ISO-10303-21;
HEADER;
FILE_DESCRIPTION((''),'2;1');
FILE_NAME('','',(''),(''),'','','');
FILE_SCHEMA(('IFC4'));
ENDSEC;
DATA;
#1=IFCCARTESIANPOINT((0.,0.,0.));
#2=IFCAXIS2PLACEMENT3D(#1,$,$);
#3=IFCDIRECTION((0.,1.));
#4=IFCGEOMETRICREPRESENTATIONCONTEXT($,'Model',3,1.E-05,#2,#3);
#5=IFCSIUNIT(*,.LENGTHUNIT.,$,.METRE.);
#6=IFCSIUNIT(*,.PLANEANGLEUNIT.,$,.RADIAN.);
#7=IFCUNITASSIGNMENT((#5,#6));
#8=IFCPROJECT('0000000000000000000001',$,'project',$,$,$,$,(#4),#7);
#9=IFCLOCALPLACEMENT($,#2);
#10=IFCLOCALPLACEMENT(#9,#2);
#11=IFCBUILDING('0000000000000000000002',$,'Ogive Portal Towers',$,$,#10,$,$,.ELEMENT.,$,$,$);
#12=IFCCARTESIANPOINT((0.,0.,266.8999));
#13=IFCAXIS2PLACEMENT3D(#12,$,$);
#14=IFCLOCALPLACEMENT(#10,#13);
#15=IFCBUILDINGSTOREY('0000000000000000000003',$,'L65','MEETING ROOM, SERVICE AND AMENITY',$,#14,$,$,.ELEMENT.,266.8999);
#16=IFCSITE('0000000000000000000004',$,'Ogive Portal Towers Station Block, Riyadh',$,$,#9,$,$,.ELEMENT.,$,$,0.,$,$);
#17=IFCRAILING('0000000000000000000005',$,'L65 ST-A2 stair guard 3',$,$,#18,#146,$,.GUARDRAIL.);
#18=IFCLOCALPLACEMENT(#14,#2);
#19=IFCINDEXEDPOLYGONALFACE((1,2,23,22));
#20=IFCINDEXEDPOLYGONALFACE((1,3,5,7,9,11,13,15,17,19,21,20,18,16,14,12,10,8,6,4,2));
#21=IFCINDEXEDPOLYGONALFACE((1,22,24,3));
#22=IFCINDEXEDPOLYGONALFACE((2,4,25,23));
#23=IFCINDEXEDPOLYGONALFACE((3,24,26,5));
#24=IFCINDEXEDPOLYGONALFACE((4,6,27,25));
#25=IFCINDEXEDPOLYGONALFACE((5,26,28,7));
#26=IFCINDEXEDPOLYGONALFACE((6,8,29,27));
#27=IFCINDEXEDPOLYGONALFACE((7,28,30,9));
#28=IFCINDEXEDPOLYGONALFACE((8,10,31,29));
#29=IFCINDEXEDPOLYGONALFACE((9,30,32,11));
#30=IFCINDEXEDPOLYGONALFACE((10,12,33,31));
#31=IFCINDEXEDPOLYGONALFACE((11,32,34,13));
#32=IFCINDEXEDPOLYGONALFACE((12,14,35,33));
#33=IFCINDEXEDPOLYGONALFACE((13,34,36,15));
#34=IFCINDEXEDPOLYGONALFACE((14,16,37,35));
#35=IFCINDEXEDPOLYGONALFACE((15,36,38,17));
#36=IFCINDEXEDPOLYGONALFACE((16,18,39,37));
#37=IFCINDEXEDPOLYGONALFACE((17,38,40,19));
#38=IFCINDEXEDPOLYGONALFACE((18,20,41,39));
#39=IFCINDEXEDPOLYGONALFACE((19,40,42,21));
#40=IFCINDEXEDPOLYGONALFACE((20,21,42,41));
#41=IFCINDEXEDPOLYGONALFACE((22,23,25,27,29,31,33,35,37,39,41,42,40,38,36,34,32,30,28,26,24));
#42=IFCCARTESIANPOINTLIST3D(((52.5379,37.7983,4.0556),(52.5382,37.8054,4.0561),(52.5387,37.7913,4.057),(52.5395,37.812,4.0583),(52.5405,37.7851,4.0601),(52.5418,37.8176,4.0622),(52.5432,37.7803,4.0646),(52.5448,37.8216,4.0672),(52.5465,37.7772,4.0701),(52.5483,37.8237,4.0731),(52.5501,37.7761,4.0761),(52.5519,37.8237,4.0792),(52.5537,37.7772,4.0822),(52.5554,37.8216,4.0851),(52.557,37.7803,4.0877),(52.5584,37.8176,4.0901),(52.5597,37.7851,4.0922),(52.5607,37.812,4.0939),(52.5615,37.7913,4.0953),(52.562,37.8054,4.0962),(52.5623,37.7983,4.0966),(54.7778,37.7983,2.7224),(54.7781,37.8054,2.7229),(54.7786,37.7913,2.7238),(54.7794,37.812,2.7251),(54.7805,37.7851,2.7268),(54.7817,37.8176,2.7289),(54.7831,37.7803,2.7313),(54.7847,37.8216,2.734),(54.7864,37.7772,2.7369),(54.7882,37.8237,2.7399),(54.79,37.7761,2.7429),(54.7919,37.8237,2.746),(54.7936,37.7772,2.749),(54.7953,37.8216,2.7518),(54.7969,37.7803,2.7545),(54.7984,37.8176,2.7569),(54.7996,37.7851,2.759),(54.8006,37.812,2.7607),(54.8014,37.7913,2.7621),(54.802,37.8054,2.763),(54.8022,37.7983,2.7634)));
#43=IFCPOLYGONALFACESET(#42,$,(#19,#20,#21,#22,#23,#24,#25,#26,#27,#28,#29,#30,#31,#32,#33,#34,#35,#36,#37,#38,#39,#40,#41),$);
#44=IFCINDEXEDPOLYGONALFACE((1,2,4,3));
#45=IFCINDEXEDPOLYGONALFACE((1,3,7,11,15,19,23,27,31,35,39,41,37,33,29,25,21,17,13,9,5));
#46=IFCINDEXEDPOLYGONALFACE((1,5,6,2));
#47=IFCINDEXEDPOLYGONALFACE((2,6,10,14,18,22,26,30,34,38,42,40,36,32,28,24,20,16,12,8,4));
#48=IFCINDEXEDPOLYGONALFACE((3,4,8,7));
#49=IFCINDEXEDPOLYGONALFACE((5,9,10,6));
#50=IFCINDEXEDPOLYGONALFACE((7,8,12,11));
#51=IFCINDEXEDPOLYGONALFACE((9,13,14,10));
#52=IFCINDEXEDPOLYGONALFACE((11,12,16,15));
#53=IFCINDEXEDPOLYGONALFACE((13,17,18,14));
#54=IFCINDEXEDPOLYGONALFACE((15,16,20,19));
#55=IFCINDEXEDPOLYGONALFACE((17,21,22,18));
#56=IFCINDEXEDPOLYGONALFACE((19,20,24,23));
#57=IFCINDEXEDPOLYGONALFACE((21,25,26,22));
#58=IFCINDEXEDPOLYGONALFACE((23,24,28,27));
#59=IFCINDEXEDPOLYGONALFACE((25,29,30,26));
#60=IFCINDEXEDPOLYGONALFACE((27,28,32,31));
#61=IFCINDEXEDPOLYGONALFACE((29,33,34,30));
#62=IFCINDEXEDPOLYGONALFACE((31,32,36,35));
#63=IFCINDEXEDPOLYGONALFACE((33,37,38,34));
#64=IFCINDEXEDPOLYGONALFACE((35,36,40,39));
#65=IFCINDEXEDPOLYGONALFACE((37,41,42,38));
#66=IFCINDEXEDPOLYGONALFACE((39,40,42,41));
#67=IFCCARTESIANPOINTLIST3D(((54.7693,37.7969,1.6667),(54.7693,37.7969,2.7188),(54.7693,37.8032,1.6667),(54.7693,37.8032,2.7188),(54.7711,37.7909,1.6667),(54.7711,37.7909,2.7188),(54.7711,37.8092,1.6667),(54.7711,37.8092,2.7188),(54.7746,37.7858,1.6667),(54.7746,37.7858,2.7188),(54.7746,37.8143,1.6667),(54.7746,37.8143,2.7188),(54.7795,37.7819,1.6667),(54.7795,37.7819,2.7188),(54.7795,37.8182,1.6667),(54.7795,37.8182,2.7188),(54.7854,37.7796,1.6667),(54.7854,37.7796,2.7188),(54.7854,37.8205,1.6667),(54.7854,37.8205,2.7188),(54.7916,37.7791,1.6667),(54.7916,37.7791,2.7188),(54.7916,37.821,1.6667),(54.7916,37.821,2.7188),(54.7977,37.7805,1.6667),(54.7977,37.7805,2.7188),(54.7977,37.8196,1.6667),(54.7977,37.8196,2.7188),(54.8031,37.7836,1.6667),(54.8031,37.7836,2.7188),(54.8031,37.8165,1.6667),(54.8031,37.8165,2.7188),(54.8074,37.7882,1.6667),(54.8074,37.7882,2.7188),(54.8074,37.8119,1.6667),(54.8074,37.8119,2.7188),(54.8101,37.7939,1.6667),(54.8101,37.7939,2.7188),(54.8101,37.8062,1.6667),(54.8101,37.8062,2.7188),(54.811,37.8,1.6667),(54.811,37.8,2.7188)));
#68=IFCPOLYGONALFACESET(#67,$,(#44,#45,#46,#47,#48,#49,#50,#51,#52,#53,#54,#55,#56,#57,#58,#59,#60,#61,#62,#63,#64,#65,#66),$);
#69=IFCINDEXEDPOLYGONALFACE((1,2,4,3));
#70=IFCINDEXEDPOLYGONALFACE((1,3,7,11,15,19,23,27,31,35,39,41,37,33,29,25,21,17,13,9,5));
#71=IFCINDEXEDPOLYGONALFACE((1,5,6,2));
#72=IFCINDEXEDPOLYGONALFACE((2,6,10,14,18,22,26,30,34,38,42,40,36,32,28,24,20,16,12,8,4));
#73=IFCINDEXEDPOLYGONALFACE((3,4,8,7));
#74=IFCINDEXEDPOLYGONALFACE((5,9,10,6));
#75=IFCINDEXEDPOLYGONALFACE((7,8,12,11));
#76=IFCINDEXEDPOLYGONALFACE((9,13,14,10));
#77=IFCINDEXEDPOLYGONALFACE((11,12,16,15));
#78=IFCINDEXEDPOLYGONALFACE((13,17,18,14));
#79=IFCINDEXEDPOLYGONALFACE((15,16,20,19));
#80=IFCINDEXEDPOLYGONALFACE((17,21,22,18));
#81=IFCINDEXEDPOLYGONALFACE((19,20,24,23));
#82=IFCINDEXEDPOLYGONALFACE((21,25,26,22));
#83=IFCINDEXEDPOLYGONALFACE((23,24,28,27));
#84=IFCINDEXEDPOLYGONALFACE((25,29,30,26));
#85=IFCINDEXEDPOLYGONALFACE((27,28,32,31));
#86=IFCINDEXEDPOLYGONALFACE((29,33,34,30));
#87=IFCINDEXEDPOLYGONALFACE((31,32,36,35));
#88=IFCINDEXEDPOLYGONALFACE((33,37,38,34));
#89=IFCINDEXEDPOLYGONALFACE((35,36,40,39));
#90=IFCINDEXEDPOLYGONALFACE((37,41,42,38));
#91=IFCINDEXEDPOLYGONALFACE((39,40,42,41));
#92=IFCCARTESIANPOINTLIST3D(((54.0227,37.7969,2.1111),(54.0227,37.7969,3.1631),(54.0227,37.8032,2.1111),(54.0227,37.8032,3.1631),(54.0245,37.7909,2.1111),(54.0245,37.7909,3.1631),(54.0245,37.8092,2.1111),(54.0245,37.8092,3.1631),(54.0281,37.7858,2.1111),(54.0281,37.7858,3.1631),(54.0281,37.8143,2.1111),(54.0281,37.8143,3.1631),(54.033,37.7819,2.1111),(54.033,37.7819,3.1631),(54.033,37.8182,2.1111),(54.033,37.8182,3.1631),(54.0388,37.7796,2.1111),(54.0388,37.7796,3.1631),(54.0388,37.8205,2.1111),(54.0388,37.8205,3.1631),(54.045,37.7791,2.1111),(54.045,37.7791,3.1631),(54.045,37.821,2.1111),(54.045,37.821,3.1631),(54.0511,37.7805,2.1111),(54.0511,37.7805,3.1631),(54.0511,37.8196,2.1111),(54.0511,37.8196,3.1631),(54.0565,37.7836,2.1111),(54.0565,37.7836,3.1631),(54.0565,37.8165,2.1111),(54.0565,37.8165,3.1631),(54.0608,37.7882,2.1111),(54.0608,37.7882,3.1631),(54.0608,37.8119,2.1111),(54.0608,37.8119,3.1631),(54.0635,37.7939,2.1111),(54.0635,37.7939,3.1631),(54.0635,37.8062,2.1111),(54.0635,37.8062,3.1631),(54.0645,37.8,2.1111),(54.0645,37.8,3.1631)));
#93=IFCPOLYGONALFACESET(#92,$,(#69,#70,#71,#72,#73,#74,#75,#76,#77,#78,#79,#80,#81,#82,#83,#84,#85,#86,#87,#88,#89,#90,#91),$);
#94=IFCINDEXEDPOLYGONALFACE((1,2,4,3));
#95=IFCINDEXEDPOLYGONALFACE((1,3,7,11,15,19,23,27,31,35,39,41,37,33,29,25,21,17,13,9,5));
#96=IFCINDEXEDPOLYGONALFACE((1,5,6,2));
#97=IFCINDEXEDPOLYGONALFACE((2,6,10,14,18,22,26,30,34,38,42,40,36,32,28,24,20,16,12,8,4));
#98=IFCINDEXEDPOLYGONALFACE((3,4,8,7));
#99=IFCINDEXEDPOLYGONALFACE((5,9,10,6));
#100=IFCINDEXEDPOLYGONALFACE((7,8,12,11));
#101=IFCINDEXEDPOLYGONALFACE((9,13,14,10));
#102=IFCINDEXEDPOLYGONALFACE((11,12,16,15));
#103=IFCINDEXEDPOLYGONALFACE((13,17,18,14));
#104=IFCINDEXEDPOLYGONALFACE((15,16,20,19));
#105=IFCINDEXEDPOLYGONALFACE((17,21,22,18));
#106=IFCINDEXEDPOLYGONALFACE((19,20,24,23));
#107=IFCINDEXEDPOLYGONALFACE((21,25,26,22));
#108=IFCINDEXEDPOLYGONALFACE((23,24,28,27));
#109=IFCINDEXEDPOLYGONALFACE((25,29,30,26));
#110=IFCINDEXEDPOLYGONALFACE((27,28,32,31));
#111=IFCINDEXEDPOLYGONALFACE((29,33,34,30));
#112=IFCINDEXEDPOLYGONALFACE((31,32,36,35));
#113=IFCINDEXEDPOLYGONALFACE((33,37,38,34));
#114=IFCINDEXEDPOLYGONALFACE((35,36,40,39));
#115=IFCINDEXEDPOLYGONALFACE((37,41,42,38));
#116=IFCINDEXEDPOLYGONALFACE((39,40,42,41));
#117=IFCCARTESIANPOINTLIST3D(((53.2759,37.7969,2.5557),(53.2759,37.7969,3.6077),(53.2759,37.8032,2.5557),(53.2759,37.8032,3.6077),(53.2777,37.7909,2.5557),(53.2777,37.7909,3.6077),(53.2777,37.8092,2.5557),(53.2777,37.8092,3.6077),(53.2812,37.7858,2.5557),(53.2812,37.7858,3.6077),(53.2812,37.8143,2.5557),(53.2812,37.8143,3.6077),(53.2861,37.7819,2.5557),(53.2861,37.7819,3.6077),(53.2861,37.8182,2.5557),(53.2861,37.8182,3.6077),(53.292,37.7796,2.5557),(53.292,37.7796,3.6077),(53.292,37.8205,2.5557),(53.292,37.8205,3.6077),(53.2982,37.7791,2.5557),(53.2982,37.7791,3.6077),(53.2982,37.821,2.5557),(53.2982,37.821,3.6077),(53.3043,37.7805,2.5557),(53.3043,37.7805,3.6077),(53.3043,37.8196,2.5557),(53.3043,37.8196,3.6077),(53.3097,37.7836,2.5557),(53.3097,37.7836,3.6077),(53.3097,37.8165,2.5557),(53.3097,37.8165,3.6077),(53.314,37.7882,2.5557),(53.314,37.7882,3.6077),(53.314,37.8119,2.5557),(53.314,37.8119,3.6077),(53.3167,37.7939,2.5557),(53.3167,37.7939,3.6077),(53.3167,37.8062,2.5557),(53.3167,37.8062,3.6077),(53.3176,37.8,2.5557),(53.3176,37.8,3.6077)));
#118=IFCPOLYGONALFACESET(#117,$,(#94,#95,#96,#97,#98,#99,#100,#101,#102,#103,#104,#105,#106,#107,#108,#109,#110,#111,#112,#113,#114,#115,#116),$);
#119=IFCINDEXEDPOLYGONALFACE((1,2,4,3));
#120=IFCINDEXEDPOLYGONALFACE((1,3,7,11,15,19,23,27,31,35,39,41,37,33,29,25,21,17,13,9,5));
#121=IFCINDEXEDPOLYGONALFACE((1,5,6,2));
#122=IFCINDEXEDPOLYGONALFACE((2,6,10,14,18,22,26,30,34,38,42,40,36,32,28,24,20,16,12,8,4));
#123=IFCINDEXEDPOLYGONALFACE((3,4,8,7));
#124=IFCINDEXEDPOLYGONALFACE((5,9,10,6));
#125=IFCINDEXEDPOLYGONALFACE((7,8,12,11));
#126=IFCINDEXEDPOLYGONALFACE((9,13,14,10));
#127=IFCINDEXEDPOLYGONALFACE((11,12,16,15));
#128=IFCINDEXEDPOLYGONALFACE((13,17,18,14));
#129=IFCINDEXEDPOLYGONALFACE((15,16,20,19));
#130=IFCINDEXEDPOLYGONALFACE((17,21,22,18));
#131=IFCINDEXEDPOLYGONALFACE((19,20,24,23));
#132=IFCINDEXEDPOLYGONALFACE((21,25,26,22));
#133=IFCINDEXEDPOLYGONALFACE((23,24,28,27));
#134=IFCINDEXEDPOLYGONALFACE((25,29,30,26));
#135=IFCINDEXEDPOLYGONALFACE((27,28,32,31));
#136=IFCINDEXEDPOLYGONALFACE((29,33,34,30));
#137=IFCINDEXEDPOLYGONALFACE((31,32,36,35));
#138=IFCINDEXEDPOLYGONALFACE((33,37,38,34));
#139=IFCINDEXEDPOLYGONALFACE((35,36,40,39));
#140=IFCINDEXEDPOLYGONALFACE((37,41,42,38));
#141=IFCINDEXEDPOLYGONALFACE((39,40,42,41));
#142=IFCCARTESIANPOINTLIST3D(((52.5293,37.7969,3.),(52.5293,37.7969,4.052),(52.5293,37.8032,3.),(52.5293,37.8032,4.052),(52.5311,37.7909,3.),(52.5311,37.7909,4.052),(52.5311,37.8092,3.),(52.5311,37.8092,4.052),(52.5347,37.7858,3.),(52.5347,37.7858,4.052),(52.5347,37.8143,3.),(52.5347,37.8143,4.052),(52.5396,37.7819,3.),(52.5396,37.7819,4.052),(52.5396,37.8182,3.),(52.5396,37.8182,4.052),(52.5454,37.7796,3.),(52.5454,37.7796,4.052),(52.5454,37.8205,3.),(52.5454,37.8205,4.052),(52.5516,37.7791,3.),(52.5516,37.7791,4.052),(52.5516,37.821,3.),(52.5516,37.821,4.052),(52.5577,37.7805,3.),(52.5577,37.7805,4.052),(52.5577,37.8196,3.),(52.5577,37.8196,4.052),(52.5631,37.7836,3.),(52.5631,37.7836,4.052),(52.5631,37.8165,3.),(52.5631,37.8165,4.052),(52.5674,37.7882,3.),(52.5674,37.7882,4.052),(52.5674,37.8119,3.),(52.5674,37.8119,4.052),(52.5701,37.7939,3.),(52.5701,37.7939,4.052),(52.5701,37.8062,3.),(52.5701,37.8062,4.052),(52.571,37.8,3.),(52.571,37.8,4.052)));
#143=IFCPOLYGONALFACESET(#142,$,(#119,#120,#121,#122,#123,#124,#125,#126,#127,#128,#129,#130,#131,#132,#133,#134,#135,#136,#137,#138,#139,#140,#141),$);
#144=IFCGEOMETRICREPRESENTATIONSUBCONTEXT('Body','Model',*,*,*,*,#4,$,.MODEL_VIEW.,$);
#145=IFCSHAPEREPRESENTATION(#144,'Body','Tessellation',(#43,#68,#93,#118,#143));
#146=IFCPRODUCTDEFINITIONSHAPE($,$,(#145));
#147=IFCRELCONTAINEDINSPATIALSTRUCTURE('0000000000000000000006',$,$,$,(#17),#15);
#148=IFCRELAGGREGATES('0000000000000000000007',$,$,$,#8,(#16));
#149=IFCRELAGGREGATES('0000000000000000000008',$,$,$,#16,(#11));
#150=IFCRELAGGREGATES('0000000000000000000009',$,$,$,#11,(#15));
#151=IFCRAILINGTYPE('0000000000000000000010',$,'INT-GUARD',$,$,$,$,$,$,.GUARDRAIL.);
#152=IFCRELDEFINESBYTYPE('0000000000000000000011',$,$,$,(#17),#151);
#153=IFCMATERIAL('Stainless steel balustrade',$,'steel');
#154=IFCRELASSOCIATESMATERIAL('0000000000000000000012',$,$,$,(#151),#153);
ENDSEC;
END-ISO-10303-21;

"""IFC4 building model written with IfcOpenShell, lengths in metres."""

from ifc_helpers import new_model, si_unit, direction, frame, origin, origin_2d, place, context, subcontext, project, spatial, circle, extrude, material, type_object, element, save


model = new_model("IFC4")

# Units and contexts
model_context = context("Model", 3, precision=1e-05, world=origin(), true_north=direction((0.0, 1.0)))
body_context = subcontext(model_context, "Body", "Model", "MODEL_VIEW")
ifc_project = project(units=[si_unit("LENGTHUNIT", "METRE"), si_unit("PLANEANGLEUNIT", "RADIAN")], contexts=[model_context])

# Site, building, storey
site_placement = place(None, origin())
site = spatial("IfcSite", under=ifc_project, at=site_placement, Name="Ogive Portal Towers Station Block, Riyadh", CompositionType="ELEMENT", RefElevation=0.0)
building_placement = place(site_placement, origin())
building = spatial("IfcBuilding", under=site, at=building_placement, Name="Ogive Portal Towers", CompositionType="ELEMENT")
storey_placement = place(building_placement, frame((0.0, 0.0, 266.8999)))
storey = spatial("IfcBuildingStorey", under=building, at=storey_placement, Name="L65", Description="MEETING ROOM, SERVICE AND AMENITY", CompositionType="ELEMENT", Elevation=266.8999)

# Railing
ifc_material_1 = material(Name="Stainless steel balustrade", Category="steel")
railing_type_1 = type_object("IfcRailingType", Name="INT-GUARD", PredefinedType="GUARDRAIL", material=ifc_material_1)
railing_1_placement = place(storey_placement, frame((54.79, 37.8, 1.6667)))
element("IfcRailing", 1, at=railing_1_placement, inside=storey, type_object=railing_type_1, Name="L65 ST-A2 stair guard 3", PredefinedType="GUARDRAIL", context=body_context, shape_type="SweptSolid", body=[
    extrude(circle(Radius=0.0239, at=origin_2d()), frame((0.0, 0.0, 1.0762), z_axis=(-0.859306, 0.0, 0.511462), x_axis=(0.0, -1.0, 0.0)), (0.0, 0.0, 1.0), 2.6067),
    extrude(circle(Radius=0.021, at=origin_2d()), origin(), (0.0, 0.0, 1.0), 1.052),
    extrude(circle(Radius=0.021, at=origin_2d()), frame((-0.7466, 0.0, 0.4443)), (0.0, 0.0, 1.0), 1.052),
    extrude(circle(Radius=0.021, at=origin_2d()), frame((-1.4934, 0.0, 0.8889)), (0.0, 0.0, 1.0), 1.052),
    extrude(circle(Radius=0.021, at=origin_2d()), frame((-2.24, 0.0, 1.3333)), (0.0, 0.0, 1.0), 1.052),
])

save(model, "model.ifc")
